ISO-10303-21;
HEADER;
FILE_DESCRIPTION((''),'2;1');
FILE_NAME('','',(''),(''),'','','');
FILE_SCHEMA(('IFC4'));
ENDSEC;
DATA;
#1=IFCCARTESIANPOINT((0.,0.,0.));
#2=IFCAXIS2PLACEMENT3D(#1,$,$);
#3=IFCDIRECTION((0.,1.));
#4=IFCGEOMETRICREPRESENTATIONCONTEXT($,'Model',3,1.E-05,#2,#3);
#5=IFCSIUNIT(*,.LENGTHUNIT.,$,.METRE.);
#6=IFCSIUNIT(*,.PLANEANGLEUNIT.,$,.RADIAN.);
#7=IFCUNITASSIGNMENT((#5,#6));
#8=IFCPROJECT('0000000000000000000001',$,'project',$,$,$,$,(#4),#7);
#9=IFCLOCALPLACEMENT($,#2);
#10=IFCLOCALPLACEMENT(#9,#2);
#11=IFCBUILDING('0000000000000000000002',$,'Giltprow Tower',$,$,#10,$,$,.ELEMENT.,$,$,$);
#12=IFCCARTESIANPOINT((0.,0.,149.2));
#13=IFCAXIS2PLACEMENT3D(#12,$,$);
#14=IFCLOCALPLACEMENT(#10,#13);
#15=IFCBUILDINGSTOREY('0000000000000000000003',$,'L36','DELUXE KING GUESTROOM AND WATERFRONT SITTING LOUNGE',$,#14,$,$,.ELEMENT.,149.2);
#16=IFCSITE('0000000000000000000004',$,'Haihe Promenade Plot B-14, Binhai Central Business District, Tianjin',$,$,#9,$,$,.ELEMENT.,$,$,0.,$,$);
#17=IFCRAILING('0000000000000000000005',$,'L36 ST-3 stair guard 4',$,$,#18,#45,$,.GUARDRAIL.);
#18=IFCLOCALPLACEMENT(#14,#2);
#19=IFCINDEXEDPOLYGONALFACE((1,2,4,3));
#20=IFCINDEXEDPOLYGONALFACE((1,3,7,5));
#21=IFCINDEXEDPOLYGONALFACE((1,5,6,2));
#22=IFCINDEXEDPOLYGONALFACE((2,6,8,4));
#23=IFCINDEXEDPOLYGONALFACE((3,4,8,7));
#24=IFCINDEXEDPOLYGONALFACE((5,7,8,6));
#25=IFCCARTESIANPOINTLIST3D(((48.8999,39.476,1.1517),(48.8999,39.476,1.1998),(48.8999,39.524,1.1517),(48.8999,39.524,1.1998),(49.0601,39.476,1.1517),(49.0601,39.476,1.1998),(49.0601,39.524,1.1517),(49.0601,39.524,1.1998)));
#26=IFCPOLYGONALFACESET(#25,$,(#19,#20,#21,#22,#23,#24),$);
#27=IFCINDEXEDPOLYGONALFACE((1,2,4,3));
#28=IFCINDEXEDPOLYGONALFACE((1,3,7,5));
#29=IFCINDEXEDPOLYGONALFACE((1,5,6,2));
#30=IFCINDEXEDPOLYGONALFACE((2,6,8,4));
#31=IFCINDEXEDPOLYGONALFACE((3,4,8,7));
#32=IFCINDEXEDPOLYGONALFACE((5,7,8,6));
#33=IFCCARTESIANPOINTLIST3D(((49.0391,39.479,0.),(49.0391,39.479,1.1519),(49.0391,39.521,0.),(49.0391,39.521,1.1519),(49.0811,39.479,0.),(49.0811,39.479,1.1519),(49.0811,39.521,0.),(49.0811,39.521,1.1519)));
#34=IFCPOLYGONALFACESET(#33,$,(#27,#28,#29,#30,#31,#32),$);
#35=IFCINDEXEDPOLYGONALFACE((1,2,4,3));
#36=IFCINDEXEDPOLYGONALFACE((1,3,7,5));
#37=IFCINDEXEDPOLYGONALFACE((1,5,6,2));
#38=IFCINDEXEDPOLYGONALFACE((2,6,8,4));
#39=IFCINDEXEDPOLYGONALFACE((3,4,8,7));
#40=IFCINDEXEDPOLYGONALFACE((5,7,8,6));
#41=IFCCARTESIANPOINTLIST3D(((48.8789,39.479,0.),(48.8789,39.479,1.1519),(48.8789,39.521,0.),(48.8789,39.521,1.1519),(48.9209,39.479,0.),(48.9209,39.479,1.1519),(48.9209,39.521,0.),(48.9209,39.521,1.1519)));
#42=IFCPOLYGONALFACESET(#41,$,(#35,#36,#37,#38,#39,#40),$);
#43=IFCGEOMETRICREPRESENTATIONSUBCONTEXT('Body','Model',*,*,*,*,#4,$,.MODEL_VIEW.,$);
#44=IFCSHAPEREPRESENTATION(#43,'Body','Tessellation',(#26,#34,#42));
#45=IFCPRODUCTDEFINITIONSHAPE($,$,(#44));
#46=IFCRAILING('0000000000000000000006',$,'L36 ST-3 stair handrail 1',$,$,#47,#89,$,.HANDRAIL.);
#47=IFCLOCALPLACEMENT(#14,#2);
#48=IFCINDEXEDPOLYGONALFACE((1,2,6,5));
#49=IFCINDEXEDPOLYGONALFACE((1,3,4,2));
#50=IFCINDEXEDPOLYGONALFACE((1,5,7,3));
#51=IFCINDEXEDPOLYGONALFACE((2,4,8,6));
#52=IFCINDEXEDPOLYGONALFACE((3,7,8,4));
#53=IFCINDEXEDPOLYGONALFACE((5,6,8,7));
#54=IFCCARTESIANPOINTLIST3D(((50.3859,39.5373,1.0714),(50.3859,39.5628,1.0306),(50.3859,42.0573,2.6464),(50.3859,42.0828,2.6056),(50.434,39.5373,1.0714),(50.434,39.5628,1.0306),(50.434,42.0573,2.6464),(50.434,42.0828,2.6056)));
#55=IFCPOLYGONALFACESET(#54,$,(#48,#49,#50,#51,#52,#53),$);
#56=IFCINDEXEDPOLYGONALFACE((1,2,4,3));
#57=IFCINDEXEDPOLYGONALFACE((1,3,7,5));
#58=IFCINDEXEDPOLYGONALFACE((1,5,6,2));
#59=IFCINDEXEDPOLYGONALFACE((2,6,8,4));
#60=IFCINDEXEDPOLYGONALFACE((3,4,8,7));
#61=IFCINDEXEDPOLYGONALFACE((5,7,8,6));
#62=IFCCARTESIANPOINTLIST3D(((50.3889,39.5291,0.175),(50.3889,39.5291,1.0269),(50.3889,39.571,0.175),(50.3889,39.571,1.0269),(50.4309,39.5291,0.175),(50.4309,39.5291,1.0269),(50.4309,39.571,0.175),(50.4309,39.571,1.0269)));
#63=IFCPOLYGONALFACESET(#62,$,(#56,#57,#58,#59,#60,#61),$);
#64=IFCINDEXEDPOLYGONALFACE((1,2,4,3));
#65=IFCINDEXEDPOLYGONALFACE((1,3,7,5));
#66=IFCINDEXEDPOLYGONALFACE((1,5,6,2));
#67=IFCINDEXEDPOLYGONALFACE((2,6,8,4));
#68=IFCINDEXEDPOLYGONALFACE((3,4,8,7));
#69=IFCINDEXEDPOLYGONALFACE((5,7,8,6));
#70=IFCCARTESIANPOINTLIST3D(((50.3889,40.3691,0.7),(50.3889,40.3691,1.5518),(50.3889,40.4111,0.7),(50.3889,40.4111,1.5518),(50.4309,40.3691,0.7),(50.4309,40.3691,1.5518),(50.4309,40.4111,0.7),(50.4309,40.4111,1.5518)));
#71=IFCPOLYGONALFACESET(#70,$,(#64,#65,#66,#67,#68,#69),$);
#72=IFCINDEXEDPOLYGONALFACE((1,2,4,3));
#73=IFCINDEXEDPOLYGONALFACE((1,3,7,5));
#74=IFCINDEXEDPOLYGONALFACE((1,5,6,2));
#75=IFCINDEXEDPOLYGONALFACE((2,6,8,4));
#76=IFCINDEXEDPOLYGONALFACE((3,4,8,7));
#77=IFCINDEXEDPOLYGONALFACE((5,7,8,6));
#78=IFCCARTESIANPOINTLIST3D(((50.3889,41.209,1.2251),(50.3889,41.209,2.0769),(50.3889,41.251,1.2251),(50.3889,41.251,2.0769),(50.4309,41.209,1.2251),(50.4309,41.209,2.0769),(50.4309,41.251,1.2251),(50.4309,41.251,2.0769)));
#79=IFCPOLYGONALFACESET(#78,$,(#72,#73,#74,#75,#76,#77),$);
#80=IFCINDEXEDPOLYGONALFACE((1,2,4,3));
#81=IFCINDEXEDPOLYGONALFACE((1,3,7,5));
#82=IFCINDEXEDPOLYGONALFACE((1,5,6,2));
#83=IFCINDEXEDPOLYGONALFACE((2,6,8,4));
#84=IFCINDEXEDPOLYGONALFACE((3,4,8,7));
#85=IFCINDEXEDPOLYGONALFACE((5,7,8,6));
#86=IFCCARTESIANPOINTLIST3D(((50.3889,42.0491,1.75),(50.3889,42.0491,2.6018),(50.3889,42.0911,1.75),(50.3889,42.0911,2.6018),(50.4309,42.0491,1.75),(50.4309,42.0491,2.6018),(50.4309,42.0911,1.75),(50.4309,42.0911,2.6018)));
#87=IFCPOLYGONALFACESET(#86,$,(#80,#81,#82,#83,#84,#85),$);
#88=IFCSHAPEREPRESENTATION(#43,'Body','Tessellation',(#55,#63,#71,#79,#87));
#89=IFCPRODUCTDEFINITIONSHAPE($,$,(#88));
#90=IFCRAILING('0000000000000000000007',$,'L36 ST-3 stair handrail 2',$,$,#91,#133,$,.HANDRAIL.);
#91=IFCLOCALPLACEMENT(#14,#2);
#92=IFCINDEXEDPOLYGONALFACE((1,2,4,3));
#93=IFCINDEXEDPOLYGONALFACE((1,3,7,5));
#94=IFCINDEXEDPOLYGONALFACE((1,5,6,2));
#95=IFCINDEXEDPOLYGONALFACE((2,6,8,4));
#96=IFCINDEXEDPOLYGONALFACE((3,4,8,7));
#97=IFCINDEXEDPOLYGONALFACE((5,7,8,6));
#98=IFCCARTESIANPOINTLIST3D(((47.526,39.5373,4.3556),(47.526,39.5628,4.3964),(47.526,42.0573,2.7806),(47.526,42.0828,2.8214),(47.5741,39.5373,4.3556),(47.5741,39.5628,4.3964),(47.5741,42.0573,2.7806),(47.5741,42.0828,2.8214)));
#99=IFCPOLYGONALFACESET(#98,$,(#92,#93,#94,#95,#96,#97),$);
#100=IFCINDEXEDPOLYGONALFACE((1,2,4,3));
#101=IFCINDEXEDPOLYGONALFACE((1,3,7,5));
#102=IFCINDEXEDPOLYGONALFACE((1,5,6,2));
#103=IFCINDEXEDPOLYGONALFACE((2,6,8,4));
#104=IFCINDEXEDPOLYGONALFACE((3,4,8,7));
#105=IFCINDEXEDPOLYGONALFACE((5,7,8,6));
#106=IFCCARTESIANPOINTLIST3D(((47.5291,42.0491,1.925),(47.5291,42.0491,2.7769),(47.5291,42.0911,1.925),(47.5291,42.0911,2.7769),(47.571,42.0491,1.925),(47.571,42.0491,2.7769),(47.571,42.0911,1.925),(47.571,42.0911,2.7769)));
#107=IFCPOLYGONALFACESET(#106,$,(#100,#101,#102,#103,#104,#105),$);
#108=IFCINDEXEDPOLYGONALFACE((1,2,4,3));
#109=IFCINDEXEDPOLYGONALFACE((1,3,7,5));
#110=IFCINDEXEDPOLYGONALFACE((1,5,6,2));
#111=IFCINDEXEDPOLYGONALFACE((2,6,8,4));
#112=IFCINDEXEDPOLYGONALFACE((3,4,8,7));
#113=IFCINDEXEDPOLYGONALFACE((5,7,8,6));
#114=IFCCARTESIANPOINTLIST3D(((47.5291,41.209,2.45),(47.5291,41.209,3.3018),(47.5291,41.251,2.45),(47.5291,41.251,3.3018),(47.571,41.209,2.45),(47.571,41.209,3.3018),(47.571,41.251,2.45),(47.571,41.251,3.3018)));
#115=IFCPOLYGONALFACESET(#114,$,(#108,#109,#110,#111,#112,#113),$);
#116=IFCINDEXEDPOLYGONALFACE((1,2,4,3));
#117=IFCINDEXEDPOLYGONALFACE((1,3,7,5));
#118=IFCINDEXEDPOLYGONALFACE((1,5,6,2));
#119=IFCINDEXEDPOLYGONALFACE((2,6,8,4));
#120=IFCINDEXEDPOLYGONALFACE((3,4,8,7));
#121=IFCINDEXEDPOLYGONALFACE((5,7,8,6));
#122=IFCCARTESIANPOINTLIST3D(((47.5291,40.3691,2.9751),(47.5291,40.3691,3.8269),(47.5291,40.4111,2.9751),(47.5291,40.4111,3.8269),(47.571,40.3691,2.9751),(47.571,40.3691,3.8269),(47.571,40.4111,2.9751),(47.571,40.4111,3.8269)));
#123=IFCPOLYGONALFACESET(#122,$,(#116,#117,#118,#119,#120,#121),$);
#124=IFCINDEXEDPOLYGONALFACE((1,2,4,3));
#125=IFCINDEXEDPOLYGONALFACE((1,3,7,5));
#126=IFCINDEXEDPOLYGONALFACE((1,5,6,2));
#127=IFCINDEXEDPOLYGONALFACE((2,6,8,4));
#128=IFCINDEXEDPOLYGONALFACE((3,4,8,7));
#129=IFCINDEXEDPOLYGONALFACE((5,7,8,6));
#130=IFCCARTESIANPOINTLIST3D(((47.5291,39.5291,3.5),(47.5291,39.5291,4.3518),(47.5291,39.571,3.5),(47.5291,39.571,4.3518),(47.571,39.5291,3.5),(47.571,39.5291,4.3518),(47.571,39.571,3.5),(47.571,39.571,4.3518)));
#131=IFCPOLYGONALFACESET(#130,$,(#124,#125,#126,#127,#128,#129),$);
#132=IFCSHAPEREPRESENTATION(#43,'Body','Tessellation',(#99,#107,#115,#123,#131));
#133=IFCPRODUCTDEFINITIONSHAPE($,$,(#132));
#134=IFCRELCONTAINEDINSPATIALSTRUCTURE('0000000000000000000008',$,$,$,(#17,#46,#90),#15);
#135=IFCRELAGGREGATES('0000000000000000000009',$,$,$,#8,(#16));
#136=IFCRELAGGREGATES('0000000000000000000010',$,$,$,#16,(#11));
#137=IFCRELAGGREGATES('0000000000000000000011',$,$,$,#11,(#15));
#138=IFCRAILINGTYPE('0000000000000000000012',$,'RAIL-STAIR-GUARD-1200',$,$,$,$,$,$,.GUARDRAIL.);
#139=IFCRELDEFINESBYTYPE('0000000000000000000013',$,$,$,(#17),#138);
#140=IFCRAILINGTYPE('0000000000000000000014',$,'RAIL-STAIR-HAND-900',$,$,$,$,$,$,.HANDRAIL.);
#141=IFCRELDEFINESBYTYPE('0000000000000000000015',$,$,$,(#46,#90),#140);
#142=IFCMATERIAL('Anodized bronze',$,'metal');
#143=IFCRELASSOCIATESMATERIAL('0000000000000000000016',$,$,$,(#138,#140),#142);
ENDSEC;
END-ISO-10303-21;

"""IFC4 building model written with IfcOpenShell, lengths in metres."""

from ifc_helpers import new_model, si_unit, direction, frame, origin, origin_2d, place, context, subcontext, project, spatial, rectangle, extrude, material, type_object, element, save


model = new_model("IFC4")

# Units and contexts
model_context = context("Model", 3, precision=1e-05, world=origin(), true_north=direction((0.0, 1.0)))
body_context = subcontext(model_context, "Body", "Model", "MODEL_VIEW")
ifc_project = project(units=[si_unit("LENGTHUNIT", "METRE"), si_unit("PLANEANGLEUNIT", "RADIAN")], contexts=[model_context])

# Site, building, storey
site_placement = place(None, origin())
site = spatial("IfcSite", under=ifc_project, at=site_placement, Name="Haihe Promenade Plot B-14, Binhai Central Business District, Tianjin", CompositionType="ELEMENT", RefElevation=0.0)
building_placement = place(site_placement, origin())
building = spatial("IfcBuilding", under=site, at=building_placement, Name="Giltprow Tower", CompositionType="ELEMENT")
storey_placement = place(building_placement, frame((0.0, 0.0, 149.2)))
storey = spatial("IfcBuildingStorey", under=building, at=storey_placement, Name="L36", Description="DELUXE KING GUESTROOM AND WATERFRONT SITTING LOUNGE", CompositionType="ELEMENT", Elevation=149.2)

# Railings
ifc_material_1 = material(Name="Anodized bronze", Category="metal")
railing_type_1 = type_object("IfcRailingType", Name="RAIL-STAIR-GUARD-1200", PredefinedType="GUARDRAIL", material=ifc_material_1)
railing_1_placement = place(storey_placement, frame((49.0601, 39.5, 0.0)))
element("IfcRailing", 1, at=railing_1_placement, inside=storey, type_object=railing_type_1, Name="L36 ST-3 stair guard 4", PredefinedType="GUARDRAIL", context=body_context, shape_type="SweptSolid", body=[
    extrude(rectangle(XDim=0.0481, YDim=0.0481, at=origin_2d()), frame((0.0, 0.0, 1.1758), z_axis=(-1.0, 0.0, 0.0), x_axis=(0.0, -1.0, 0.0)), (0.0, 0.0, 1.0), 0.1602),
    extrude(rectangle(XDim=0.042, YDim=0.042, at=origin_2d()), origin(), (0.0, 0.0, 1.0), 1.1519),
    extrude(rectangle(XDim=0.042, YDim=0.042, at=origin_2d()), frame((-0.1602, 0.0, 0.0)), (0.0, 0.0, 1.0), 1.1519),
])
railing_type_2 = type_object("IfcRailingType", Name="RAIL-STAIR-HAND-900", PredefinedType="HANDRAIL", material=ifc_material_1)
railing_2_placement = place(storey_placement, frame((50.4099, 39.55, 0.175)))
element("IfcRailing", 2, at=railing_2_placement, inside=storey, type_object=railing_type_2, Name="L36 ST-3 stair handrail 1", PredefinedType="HANDRAIL", context=body_context, shape_type="SweptSolid", body=[
    extrude(rectangle(XDim=0.0481, YDim=0.0481, at=origin_2d()), frame((0.0, 0.0, 0.876), z_axis=(0.0, 0.848008, 0.529984), x_axis=(-1.0, 0.0, 0.0)), (0.0, 0.0, 1.0), 2.9717),
    extrude(rectangle(XDim=0.042, YDim=0.042, at=origin_2d()), origin(), (0.0, 0.0, 1.0), 0.8518),
    extrude(rectangle(XDim=0.042, YDim=0.042, at=origin_2d()), frame((0.0, 0.8401, 0.5249)), (0.0, 0.0, 1.0), 0.8518),
    extrude(rectangle(XDim=0.042, YDim=0.042, at=origin_2d()), frame((0.0, 1.6799, 1.05)), (0.0, 0.0, 1.0), 0.8518),
    extrude(rectangle(XDim=0.042, YDim=0.042, at=origin_2d()), frame((0.0, 2.52, 1.575)), (0.0, 0.0, 1.0), 0.8518),
])
railing_3_placement = place(storey_placement, frame((47.55, 42.0701, 1.925)))
element("IfcRailing", 3, at=railing_3_placement, inside=storey, type_object=railing_type_2, Name="L36 ST-3 stair handrail 2", PredefinedType="HANDRAIL", context=body_context, shape_type="SweptSolid", body=[
    extrude(rectangle(XDim=0.0481, YDim=0.0481, at=origin_2d()), frame((0.0, 0.0, 0.876), z_axis=(0.0, -0.848008, 0.529984), x_axis=(1.0, 0.0, 0.0)), (0.0, 0.0, 1.0), 2.9717),
    extrude(rectangle(XDim=0.042, YDim=0.042, at=origin_2d()), origin(), (0.0, 0.0, 1.0), 0.8518),
    extrude(rectangle(XDim=0.042, YDim=0.042, at=origin_2d()), frame((0.0, -0.8401, 0.5249)), (0.0, 0.0, 1.0), 0.8518),
    extrude(rectangle(XDim=0.042, YDim=0.042, at=origin_2d()), frame((0.0, -1.6799, 1.05)), (0.0, 0.0, 1.0), 0.8518),
    extrude(rectangle(XDim=0.042, YDim=0.042, at=origin_2d()), frame((0.0, -2.52, 1.575)), (0.0, 0.0, 1.0), 0.8518),
])

save(model, "model.ifc")
